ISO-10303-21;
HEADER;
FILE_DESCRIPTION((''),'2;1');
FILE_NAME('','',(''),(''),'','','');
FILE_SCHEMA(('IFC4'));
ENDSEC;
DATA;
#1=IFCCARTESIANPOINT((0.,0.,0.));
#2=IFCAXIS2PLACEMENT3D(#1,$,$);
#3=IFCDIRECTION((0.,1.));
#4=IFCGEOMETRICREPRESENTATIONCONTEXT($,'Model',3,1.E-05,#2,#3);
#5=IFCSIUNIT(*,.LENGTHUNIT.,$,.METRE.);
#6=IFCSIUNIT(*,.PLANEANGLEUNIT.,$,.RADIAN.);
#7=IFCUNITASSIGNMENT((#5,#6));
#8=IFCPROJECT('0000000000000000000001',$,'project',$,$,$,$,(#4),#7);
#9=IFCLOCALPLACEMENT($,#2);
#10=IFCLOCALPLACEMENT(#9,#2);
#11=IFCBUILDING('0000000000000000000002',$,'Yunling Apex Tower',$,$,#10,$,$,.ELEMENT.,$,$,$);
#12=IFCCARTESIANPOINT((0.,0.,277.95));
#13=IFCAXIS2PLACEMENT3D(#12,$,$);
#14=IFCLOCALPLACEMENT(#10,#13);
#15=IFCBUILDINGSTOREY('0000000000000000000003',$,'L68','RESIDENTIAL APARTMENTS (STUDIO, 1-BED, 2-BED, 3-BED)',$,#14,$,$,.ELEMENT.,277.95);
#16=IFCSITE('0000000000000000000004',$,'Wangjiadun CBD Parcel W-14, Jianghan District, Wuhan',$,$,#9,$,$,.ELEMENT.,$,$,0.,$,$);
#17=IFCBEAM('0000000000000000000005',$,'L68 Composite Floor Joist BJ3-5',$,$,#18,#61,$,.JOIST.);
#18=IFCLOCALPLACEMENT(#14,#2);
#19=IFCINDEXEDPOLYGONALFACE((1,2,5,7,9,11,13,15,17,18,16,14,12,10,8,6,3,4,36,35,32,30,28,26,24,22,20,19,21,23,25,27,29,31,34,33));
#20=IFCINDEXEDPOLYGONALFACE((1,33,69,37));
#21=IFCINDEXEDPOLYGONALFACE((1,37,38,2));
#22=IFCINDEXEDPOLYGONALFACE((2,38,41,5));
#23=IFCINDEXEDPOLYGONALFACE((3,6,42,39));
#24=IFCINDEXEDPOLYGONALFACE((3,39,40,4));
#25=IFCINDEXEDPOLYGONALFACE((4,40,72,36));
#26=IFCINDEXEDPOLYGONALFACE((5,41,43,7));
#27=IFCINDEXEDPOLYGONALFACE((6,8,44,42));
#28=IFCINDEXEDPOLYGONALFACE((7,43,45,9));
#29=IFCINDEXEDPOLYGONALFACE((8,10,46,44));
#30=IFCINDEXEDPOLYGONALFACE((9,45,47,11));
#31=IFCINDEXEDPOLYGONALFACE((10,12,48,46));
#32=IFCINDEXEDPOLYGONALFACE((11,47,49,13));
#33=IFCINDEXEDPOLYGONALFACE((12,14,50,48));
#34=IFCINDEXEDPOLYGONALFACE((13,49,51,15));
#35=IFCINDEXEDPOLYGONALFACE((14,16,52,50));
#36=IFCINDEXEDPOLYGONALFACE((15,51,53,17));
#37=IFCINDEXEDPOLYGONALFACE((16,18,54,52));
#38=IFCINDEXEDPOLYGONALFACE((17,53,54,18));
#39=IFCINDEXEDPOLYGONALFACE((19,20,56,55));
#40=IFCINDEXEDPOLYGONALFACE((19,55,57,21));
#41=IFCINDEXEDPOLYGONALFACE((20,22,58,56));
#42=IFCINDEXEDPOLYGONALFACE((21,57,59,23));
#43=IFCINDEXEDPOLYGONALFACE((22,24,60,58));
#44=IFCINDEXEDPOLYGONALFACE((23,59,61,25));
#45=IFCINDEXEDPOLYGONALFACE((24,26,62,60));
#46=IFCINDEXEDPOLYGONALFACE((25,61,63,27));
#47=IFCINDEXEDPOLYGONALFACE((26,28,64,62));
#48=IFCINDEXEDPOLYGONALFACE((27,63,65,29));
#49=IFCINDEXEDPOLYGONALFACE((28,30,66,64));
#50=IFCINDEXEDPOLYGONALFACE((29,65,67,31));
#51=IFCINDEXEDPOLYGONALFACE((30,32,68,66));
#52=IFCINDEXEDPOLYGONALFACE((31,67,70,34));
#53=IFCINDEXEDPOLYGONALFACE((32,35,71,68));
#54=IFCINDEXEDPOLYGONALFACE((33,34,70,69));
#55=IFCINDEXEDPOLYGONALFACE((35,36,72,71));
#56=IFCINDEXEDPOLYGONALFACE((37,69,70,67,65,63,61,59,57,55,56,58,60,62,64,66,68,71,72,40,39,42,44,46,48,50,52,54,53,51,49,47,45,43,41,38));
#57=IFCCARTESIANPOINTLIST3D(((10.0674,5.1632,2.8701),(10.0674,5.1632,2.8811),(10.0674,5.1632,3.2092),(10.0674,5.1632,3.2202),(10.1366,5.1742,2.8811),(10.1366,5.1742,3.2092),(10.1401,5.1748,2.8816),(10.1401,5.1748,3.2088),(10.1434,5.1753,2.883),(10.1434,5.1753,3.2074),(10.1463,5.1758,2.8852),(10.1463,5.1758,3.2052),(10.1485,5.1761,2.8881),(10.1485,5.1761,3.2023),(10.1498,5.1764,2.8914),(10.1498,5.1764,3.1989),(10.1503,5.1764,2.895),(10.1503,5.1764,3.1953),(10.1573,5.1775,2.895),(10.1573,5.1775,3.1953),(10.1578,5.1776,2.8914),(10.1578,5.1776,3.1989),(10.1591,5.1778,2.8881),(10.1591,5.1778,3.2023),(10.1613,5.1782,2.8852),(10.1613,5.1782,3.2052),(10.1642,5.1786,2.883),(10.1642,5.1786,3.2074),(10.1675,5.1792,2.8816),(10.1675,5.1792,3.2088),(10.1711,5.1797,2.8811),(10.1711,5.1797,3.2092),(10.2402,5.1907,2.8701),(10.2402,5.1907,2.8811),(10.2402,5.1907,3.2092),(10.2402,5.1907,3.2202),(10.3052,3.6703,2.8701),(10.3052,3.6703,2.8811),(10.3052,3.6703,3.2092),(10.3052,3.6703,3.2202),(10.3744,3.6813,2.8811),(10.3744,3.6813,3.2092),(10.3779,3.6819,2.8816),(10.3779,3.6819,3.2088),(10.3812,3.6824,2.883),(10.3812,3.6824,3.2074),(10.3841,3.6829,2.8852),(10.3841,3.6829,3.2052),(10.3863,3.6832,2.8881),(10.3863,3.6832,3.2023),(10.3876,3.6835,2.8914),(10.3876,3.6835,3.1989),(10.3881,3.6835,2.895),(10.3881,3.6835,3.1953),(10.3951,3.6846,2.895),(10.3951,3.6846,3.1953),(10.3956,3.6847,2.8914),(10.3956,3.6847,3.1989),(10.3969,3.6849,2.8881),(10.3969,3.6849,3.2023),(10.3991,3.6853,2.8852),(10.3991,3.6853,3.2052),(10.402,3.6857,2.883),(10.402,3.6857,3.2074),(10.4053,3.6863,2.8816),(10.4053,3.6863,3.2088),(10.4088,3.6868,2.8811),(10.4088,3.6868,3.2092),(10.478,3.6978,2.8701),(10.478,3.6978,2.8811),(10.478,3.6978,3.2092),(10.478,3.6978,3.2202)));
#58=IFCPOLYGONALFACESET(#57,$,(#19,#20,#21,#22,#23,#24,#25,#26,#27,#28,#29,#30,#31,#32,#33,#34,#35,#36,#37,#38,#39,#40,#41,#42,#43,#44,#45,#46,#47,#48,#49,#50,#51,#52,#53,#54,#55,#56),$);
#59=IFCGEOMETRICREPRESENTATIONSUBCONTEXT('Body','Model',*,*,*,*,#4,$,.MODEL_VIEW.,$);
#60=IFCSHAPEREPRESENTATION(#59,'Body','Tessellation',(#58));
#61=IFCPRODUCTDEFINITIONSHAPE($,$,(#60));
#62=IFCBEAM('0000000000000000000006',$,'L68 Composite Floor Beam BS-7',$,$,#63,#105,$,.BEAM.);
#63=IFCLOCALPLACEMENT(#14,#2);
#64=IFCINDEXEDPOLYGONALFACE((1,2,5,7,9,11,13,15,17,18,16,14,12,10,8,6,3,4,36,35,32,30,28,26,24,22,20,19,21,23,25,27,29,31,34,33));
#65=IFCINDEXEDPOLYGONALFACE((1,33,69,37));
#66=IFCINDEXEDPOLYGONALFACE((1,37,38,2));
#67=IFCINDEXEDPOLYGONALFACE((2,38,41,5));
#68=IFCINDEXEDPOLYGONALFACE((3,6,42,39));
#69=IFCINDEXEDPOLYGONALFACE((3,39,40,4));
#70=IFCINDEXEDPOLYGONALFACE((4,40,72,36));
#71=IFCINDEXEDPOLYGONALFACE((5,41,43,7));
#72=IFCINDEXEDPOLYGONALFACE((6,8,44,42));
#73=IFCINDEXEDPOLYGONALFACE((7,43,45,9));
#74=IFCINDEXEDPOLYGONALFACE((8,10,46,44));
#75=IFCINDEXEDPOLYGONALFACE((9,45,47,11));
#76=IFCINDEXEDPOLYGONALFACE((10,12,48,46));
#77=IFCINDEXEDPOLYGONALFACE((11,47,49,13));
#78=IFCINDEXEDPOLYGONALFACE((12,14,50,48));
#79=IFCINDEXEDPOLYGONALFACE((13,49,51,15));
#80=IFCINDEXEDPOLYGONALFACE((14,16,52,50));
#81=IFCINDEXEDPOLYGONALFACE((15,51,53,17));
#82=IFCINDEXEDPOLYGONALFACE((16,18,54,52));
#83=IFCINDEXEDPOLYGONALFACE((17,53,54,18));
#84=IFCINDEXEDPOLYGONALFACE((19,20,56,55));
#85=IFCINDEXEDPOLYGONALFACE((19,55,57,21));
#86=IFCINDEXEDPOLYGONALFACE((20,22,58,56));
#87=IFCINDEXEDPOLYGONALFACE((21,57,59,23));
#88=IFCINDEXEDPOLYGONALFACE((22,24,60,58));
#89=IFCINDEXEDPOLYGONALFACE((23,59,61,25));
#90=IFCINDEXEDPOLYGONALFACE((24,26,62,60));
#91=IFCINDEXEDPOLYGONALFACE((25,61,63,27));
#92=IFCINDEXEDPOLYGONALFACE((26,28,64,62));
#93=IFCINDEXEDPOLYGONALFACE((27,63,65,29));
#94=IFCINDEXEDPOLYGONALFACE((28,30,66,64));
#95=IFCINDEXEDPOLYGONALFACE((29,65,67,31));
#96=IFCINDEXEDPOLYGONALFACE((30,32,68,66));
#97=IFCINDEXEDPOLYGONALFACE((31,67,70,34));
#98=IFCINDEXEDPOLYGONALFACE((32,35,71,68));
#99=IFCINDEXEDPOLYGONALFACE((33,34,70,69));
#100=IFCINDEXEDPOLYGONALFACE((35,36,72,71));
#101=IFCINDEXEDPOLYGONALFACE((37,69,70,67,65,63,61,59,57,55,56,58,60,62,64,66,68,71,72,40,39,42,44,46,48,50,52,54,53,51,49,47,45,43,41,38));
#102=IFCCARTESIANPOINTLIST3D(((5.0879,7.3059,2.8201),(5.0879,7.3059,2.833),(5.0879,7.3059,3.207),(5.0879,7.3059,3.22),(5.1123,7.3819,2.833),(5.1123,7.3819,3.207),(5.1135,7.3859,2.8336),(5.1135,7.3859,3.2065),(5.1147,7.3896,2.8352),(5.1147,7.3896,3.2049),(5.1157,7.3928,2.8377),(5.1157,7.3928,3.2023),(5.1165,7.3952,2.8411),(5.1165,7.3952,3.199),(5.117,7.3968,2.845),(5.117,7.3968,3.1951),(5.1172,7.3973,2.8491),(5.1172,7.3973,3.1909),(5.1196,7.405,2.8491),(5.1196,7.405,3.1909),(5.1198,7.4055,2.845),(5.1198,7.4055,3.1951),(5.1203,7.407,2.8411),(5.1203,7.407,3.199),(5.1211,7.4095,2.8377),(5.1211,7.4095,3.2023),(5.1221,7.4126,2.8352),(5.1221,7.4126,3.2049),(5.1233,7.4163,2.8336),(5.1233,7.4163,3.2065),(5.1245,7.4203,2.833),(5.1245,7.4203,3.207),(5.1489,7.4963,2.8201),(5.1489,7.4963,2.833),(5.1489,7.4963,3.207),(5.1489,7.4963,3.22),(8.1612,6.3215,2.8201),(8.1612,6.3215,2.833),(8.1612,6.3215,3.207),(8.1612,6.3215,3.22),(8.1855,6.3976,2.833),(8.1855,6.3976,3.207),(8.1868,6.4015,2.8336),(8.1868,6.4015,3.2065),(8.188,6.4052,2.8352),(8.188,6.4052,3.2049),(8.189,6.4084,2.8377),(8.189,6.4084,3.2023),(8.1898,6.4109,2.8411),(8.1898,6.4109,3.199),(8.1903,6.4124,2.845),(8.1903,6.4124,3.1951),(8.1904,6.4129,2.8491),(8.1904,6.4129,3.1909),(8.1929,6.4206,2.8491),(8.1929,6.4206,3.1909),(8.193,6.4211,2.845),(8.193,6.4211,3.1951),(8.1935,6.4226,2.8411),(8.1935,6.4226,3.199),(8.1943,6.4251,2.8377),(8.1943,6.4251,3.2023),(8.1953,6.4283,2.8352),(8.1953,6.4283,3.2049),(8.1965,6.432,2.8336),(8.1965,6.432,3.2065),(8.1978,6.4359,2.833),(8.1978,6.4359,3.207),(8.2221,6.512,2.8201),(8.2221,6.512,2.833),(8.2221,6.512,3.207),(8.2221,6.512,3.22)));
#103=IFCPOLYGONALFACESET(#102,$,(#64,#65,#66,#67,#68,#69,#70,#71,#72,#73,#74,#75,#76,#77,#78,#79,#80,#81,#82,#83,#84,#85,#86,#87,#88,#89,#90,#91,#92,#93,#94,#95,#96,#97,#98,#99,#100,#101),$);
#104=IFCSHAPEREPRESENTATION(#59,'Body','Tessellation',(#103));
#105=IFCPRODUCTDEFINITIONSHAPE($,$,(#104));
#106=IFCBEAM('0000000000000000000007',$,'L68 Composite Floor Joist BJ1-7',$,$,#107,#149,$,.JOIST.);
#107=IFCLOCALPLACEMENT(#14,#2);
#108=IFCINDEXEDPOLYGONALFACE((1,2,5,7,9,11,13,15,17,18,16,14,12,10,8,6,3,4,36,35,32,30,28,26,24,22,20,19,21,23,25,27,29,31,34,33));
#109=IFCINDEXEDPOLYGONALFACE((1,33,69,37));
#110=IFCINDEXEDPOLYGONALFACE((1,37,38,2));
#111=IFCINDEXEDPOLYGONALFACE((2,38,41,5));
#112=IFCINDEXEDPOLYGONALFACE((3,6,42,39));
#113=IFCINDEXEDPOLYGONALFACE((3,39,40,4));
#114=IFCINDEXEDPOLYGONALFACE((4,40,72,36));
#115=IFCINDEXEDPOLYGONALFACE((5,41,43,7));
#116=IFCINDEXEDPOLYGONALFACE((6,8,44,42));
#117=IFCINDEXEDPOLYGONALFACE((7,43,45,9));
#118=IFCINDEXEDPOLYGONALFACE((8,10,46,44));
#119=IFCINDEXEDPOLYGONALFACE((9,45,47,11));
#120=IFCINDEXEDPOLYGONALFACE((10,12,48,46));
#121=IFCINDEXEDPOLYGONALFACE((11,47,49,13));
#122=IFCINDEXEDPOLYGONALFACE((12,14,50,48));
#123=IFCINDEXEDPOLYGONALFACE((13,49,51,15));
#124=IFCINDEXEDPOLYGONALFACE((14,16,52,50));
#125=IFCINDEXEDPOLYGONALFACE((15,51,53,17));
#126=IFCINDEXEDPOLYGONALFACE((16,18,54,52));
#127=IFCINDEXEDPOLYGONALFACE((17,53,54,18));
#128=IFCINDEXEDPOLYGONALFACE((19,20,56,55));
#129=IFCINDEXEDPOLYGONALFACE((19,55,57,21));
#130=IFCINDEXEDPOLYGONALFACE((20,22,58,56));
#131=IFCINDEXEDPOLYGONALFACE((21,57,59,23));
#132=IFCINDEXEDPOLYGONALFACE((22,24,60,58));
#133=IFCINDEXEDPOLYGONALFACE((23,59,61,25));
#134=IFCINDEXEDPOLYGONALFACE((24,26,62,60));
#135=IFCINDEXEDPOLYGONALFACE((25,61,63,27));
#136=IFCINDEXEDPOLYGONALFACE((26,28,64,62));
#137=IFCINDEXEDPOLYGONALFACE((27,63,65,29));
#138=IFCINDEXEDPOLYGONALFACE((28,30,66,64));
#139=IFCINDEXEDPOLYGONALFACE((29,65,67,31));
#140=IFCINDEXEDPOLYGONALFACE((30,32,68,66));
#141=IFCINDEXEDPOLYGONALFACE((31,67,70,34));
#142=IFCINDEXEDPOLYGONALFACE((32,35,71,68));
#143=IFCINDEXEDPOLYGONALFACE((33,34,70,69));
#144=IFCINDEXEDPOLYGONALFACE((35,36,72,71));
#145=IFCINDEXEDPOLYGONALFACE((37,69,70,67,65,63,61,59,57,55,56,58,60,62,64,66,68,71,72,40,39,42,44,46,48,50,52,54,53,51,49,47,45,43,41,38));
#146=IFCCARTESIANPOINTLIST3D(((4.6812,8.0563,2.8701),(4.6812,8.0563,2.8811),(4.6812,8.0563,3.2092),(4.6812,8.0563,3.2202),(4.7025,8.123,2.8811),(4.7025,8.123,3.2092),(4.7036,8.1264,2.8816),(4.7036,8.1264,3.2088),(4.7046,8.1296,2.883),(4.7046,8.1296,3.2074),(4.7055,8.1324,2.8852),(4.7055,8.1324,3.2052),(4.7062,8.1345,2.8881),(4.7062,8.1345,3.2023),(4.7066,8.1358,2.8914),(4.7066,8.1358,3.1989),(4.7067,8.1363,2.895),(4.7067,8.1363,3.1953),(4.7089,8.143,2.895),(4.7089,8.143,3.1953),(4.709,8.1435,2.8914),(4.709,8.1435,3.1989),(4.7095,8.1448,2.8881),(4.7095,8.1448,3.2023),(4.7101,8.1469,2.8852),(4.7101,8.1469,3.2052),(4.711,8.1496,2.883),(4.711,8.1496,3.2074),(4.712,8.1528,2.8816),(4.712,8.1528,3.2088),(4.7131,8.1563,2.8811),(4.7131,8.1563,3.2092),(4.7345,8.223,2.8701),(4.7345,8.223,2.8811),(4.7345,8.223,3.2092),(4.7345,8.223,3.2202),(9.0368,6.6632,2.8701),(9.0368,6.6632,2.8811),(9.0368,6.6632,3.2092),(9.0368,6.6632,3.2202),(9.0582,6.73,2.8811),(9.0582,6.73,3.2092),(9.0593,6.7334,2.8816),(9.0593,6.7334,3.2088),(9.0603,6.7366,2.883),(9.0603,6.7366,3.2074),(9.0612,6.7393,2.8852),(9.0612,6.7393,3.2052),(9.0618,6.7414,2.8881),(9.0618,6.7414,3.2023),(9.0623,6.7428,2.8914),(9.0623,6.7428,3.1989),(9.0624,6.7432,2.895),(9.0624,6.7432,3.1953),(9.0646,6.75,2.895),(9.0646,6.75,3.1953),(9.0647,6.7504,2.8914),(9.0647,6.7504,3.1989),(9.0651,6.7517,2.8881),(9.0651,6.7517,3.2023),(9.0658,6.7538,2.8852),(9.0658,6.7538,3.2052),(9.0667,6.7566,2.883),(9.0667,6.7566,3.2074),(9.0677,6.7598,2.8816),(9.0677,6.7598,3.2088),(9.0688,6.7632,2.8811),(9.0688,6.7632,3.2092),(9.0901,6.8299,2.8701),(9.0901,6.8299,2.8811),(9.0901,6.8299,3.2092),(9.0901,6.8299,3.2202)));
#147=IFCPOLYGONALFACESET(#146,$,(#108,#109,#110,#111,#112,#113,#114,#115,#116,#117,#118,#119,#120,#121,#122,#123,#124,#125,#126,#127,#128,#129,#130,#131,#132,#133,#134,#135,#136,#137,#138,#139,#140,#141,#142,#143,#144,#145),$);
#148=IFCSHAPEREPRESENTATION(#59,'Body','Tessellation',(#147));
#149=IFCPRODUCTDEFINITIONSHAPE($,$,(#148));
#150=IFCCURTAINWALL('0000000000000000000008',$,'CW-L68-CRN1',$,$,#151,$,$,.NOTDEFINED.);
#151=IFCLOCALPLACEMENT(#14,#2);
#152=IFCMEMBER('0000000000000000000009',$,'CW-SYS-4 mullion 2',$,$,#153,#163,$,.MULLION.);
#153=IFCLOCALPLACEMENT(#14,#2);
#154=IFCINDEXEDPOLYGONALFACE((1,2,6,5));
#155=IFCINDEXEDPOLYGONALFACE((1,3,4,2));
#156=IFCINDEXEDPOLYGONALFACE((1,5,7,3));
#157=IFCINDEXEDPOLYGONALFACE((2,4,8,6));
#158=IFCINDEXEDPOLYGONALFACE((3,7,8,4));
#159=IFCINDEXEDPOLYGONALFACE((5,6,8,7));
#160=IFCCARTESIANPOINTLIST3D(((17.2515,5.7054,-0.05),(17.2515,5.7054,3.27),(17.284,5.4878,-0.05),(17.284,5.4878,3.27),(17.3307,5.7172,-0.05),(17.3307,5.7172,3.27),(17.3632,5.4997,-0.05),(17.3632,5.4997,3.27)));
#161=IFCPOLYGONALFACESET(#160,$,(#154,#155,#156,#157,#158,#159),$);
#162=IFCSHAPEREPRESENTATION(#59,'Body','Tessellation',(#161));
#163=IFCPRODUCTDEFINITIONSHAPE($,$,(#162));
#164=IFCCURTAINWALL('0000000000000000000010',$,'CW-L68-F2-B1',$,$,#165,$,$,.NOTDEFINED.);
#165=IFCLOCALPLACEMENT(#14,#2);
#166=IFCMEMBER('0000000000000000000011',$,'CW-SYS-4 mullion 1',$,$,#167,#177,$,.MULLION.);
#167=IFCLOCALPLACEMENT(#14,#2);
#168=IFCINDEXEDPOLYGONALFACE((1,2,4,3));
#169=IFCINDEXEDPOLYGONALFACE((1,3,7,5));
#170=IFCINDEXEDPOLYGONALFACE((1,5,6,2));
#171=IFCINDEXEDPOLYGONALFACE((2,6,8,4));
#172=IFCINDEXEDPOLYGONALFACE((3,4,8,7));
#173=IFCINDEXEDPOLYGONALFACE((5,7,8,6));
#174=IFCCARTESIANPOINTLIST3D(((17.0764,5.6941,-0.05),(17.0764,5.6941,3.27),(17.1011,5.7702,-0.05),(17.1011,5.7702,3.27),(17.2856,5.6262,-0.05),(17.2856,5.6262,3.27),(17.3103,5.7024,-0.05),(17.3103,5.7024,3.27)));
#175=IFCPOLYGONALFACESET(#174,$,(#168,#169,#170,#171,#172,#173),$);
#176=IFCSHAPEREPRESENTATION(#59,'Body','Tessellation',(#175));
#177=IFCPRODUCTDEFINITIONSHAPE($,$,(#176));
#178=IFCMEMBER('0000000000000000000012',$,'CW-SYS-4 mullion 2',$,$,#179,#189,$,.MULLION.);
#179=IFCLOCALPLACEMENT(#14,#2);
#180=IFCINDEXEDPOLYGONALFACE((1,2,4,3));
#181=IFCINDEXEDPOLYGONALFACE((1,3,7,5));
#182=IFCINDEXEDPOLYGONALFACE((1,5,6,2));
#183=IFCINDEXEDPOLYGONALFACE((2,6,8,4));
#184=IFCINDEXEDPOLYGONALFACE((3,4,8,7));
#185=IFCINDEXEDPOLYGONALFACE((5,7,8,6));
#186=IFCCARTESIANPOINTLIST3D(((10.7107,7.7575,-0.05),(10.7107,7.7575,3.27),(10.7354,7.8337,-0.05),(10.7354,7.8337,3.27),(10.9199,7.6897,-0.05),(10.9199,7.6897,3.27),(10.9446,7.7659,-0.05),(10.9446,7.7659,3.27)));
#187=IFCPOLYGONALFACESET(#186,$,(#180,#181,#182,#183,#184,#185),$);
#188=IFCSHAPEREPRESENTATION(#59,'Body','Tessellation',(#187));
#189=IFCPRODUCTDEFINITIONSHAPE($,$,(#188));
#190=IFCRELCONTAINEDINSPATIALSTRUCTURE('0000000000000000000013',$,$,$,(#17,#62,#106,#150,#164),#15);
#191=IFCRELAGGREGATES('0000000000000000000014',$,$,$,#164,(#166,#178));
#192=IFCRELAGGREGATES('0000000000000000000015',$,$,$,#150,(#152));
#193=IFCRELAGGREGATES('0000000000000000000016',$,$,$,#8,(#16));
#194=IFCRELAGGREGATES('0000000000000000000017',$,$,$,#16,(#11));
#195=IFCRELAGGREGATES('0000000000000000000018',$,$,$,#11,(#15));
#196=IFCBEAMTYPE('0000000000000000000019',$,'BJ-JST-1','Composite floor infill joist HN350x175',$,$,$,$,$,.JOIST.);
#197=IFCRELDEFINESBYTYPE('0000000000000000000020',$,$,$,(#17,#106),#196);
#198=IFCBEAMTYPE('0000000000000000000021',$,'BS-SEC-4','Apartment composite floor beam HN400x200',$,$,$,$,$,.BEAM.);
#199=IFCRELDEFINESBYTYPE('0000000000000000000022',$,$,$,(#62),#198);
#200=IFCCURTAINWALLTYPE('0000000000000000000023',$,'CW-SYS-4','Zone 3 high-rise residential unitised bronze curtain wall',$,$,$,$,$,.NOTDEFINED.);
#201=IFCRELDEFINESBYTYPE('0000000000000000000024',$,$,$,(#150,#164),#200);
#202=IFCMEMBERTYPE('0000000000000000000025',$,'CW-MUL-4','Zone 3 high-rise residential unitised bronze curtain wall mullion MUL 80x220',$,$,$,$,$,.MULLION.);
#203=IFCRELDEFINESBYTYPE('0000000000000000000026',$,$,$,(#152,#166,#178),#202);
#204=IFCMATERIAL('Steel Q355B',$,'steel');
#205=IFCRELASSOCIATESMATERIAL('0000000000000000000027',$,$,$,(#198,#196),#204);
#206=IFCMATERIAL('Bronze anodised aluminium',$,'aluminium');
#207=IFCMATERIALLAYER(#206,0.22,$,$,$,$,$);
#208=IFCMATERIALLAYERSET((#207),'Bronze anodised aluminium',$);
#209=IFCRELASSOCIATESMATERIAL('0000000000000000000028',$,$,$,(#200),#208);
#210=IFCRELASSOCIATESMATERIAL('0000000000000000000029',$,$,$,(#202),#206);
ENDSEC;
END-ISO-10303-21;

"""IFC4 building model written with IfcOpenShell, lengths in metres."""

from ifc_helpers import new_model, si_unit, direction, frame, origin, origin_2d, place, context, subcontext, project, spatial, rectangle, i_section, extrude, source, transform, mapped, material, layer, layer_set, material_profile, profile_set, type_object, element, aggregate, save


model = new_model("IFC4")

# Units and contexts
model_context = context("Model", 3, precision=1e-05, world=origin(), true_north=direction((0.0, 1.0)))
body_context = subcontext(model_context, "Body", "Model", "MODEL_VIEW")
ifc_project = project(units=[si_unit("LENGTHUNIT", "METRE"), si_unit("PLANEANGLEUNIT", "RADIAN")], contexts=[model_context])

# Site, building, storey
site_placement = place(None, origin())
site = spatial("IfcSite", under=ifc_project, at=site_placement, Name="Wangjiadun CBD Parcel W-14, Jianghan District, Wuhan", CompositionType="ELEMENT", RefElevation=0.0)
building_placement = place(site_placement, origin())
building = spatial("IfcBuilding", under=site, at=building_placement, Name="Yunling Apex Tower", CompositionType="ELEMENT")
storey_placement = place(building_placement, frame((0.0, 0.0, 277.95)))
storey = spatial("IfcBuildingStorey", under=building, at=storey_placement, Name="L68", Description="RESIDENTIAL APARTMENTS (STUDIO, 1-BED, 2-BED, 3-BED)", CompositionType="ELEMENT", Elevation=277.95)

# Shared definitions
ifc_material_1 = material(Name="Steel Q355B", Category="steel")

# Beams
ifc_material_profile_1 = material_profile(ifc_material_1, i_section(OverallWidth=0.2, OverallDepth=0.3999, WebThickness=0.0081, FlangeThickness=0.0129, FilletRadius=0.0161, at=origin_2d()))
ifc_profile_set_1 = profile_set([ifc_material_profile_1], Name="Steel Q355B")
beam_type_1 = type_object("IfcBeamType", Name="BS-SEC-4", Description="Apartment composite floor beam HN400x200", PredefinedType="BEAM", material=ifc_profile_set_1)
ifc_material_profile_2 = material_profile(ifc_material_1, i_section(OverallWidth=0.175, OverallDepth=0.3501, WebThickness=0.0071, FlangeThickness=0.011, FilletRadius=0.0139, at=origin_2d()))
ifc_profile_set_2 = profile_set([ifc_material_profile_2], Name="Steel Q355B")
beam_type_2 = type_object("IfcBeamType", Name="BJ-JST-1", Description="Composite floor infill joist HN350x175", PredefinedType="JOIST", material=ifc_profile_set_2)
shared_shape_1 = source(origin(), body_context, "Body", "SweptSolid", [
    extrude(i_section(OverallWidth=0.175, OverallDepth=0.3501, WebThickness=0.0071, FlangeThickness=0.011, FilletRadius=0.0139, at=origin_2d()), origin(), (0.0, 0.0, 1.0), 1.5117),
])
beam_1_placement = place(storey_placement, frame((10.3916, 3.6841, 3.0452), z_axis=(-0.157298, 0.987551, 0.0), x_axis=(-0.987551, -0.157298, 0.0)))
element("IfcBeam", 1, at=beam_1_placement, inside=storey, type_object=beam_type_2, Name="L68 Composite Floor Joist BJ3-5", PredefinedType="JOIST", context=body_context, shape_type="MappedRepresentation", body=[
    mapped(shared_shape_1, transform((0.0, 0.0, 0.0), scale=1.0)),
])
shared_shape_2 = source(origin(), body_context, "Body", "SweptSolid", [
    extrude(i_section(OverallWidth=0.2, OverallDepth=0.3999, WebThickness=0.0081, FlangeThickness=0.0129, FilletRadius=0.0161, at=origin_2d()), origin(), (0.0, 0.0, 1.0), 3.2271),
])
beam_2_placement = place(storey_placement, frame((8.1917, 6.4167, 3.02), z_axis=(-0.95234, 0.305039, 0.0), x_axis=(-0.305039, -0.95234, 0.0)))
element("IfcBeam", 2, at=beam_2_placement, inside=storey, type_object=beam_type_1, Name="L68 Composite Floor Beam BS-7", PredefinedType="BEAM", context=body_context, shape_type="MappedRepresentation", body=[
    mapped(shared_shape_2, transform((0.0, 0.0, 0.0), scale=1.0)),
])
shared_shape_3 = source(origin(), body_context, "Body", "SweptSolid", [
    extrude(i_section(OverallWidth=0.175, OverallDepth=0.3501, WebThickness=0.0071, FlangeThickness=0.011, FilletRadius=0.0139, at=origin_2d()), origin(), (0.0, 0.0, 1.0), 4.573),
])
beam_3_placement = place(storey_placement, frame((9.0635, 6.7466, 3.0452), z_axis=(-0.952472, 0.304625, 0.0), x_axis=(-0.304625, -0.952472, 0.0)))
element("IfcBeam", 3, at=beam_3_placement, inside=storey, type_object=beam_type_2, Name="L68 Composite Floor Joist BJ1-7", PredefinedType="JOIST", context=body_context, shape_type="MappedRepresentation", body=[
    mapped(shared_shape_3, transform((0.0, 0.0, 0.0), scale=1.0)),
])

# Curtain wall, member
ifc_material_2 = material(Name="Bronze anodised aluminium", Category="aluminium")
ifc_layer_1 = layer(ifc_material_2, 0.22)
ifc_layer_set_1 = layer_set([ifc_layer_1], Name="Bronze anodised aluminium")
curtain_wall_type = type_object("IfcCurtainWallType", Name="CW-SYS-4", Description="Zone 3 high-rise residential unitised bronze curtain wall", PredefinedType="NOTDEFINED", material=ifc_layer_set_1)
curtain_wall_1_placement = place(storey_placement, origin())
curtain_wall_1 = element("IfcCurtainWall", 4, at=curtain_wall_1_placement, inside=storey, type_object=curtain_wall_type, Name="CW-L68-CRN1", PredefinedType="NOTDEFINED")
ifc_material_profile_3 = material_profile(ifc_material_2, rectangle(XDim=0.0801, YDim=0.22, at=origin_2d()))
ifc_profile_set_3 = profile_set([ifc_material_profile_3], Name="Bronze anodised aluminium")
member_type_1 = type_object("IfcMemberType", Name="CW-MUL-4", Description="Zone 3 high-rise residential unitised bronze curtain wall mullion MUL 80x220", PredefinedType="MULLION", material=ifc_profile_set_3)
shared_shape_4 = source(origin(), body_context, "Body", "SweptSolid", [
    extrude(rectangle(XDim=0.0801, YDim=0.22, at=origin_2d()), origin(), (0.0, 0.0, 1.0), 3.3201),
])
member_1_placement = place(storey_placement, frame((17.3074, 5.6025, -0.05), z_axis=(0.0, 0.0, 1.0), x_axis=(-0.989017, -0.147803, 0.0)))
member_1 = element("IfcMember", 5, at=member_1_placement, type_object=member_type_1, Name="CW-SYS-4 mullion 2", PredefinedType="MULLION", context=body_context, shape_type="MappedRepresentation", body=[
    mapped(shared_shape_4, transform((0.0, 0.0, 0.0), scale=1.0)),
])

# Curtain wall, members
curtain_wall_2_placement = place(storey_placement, origin())
curtain_wall_2 = element("IfcCurtainWall", 6, at=curtain_wall_2_placement, inside=storey, type_object=curtain_wall_type, Name="CW-L68-F2-B1", PredefinedType="NOTDEFINED")
member_2_placement = place(storey_placement, frame((17.1934, 5.6982, -0.05), z_axis=(0.0, 0.0, 1.0), x_axis=(-0.308353, -0.951272, 0.0)))
member_2 = element("IfcMember", 7, at=member_2_placement, type_object=member_type_1, Name="CW-SYS-4 mullion 1", PredefinedType="MULLION", context=body_context, shape_type="MappedRepresentation", body=[
    mapped(shared_shape_4, transform((0.0, 0.0, 0.0), scale=1.0)),
])
member_3_placement = place(storey_placement, frame((10.8276, 7.7617, -0.05), z_axis=(0.0, 0.0, 1.0), x_axis=(-0.308353, -0.951272, 0.0)))
member_3 = element("IfcMember", 8, at=member_3_placement, type_object=member_type_1, Name="CW-SYS-4 mullion 2", PredefinedType="MULLION", context=body_context, shape_type="MappedRepresentation", body=[
    mapped(shared_shape_4, transform((0.0, 0.0, 0.0), scale=1.0)),
])

aggregate(curtain_wall_2, [member_2, member_3])
aggregate(curtain_wall_1, [member_1])

save(model, "model.ifc")
